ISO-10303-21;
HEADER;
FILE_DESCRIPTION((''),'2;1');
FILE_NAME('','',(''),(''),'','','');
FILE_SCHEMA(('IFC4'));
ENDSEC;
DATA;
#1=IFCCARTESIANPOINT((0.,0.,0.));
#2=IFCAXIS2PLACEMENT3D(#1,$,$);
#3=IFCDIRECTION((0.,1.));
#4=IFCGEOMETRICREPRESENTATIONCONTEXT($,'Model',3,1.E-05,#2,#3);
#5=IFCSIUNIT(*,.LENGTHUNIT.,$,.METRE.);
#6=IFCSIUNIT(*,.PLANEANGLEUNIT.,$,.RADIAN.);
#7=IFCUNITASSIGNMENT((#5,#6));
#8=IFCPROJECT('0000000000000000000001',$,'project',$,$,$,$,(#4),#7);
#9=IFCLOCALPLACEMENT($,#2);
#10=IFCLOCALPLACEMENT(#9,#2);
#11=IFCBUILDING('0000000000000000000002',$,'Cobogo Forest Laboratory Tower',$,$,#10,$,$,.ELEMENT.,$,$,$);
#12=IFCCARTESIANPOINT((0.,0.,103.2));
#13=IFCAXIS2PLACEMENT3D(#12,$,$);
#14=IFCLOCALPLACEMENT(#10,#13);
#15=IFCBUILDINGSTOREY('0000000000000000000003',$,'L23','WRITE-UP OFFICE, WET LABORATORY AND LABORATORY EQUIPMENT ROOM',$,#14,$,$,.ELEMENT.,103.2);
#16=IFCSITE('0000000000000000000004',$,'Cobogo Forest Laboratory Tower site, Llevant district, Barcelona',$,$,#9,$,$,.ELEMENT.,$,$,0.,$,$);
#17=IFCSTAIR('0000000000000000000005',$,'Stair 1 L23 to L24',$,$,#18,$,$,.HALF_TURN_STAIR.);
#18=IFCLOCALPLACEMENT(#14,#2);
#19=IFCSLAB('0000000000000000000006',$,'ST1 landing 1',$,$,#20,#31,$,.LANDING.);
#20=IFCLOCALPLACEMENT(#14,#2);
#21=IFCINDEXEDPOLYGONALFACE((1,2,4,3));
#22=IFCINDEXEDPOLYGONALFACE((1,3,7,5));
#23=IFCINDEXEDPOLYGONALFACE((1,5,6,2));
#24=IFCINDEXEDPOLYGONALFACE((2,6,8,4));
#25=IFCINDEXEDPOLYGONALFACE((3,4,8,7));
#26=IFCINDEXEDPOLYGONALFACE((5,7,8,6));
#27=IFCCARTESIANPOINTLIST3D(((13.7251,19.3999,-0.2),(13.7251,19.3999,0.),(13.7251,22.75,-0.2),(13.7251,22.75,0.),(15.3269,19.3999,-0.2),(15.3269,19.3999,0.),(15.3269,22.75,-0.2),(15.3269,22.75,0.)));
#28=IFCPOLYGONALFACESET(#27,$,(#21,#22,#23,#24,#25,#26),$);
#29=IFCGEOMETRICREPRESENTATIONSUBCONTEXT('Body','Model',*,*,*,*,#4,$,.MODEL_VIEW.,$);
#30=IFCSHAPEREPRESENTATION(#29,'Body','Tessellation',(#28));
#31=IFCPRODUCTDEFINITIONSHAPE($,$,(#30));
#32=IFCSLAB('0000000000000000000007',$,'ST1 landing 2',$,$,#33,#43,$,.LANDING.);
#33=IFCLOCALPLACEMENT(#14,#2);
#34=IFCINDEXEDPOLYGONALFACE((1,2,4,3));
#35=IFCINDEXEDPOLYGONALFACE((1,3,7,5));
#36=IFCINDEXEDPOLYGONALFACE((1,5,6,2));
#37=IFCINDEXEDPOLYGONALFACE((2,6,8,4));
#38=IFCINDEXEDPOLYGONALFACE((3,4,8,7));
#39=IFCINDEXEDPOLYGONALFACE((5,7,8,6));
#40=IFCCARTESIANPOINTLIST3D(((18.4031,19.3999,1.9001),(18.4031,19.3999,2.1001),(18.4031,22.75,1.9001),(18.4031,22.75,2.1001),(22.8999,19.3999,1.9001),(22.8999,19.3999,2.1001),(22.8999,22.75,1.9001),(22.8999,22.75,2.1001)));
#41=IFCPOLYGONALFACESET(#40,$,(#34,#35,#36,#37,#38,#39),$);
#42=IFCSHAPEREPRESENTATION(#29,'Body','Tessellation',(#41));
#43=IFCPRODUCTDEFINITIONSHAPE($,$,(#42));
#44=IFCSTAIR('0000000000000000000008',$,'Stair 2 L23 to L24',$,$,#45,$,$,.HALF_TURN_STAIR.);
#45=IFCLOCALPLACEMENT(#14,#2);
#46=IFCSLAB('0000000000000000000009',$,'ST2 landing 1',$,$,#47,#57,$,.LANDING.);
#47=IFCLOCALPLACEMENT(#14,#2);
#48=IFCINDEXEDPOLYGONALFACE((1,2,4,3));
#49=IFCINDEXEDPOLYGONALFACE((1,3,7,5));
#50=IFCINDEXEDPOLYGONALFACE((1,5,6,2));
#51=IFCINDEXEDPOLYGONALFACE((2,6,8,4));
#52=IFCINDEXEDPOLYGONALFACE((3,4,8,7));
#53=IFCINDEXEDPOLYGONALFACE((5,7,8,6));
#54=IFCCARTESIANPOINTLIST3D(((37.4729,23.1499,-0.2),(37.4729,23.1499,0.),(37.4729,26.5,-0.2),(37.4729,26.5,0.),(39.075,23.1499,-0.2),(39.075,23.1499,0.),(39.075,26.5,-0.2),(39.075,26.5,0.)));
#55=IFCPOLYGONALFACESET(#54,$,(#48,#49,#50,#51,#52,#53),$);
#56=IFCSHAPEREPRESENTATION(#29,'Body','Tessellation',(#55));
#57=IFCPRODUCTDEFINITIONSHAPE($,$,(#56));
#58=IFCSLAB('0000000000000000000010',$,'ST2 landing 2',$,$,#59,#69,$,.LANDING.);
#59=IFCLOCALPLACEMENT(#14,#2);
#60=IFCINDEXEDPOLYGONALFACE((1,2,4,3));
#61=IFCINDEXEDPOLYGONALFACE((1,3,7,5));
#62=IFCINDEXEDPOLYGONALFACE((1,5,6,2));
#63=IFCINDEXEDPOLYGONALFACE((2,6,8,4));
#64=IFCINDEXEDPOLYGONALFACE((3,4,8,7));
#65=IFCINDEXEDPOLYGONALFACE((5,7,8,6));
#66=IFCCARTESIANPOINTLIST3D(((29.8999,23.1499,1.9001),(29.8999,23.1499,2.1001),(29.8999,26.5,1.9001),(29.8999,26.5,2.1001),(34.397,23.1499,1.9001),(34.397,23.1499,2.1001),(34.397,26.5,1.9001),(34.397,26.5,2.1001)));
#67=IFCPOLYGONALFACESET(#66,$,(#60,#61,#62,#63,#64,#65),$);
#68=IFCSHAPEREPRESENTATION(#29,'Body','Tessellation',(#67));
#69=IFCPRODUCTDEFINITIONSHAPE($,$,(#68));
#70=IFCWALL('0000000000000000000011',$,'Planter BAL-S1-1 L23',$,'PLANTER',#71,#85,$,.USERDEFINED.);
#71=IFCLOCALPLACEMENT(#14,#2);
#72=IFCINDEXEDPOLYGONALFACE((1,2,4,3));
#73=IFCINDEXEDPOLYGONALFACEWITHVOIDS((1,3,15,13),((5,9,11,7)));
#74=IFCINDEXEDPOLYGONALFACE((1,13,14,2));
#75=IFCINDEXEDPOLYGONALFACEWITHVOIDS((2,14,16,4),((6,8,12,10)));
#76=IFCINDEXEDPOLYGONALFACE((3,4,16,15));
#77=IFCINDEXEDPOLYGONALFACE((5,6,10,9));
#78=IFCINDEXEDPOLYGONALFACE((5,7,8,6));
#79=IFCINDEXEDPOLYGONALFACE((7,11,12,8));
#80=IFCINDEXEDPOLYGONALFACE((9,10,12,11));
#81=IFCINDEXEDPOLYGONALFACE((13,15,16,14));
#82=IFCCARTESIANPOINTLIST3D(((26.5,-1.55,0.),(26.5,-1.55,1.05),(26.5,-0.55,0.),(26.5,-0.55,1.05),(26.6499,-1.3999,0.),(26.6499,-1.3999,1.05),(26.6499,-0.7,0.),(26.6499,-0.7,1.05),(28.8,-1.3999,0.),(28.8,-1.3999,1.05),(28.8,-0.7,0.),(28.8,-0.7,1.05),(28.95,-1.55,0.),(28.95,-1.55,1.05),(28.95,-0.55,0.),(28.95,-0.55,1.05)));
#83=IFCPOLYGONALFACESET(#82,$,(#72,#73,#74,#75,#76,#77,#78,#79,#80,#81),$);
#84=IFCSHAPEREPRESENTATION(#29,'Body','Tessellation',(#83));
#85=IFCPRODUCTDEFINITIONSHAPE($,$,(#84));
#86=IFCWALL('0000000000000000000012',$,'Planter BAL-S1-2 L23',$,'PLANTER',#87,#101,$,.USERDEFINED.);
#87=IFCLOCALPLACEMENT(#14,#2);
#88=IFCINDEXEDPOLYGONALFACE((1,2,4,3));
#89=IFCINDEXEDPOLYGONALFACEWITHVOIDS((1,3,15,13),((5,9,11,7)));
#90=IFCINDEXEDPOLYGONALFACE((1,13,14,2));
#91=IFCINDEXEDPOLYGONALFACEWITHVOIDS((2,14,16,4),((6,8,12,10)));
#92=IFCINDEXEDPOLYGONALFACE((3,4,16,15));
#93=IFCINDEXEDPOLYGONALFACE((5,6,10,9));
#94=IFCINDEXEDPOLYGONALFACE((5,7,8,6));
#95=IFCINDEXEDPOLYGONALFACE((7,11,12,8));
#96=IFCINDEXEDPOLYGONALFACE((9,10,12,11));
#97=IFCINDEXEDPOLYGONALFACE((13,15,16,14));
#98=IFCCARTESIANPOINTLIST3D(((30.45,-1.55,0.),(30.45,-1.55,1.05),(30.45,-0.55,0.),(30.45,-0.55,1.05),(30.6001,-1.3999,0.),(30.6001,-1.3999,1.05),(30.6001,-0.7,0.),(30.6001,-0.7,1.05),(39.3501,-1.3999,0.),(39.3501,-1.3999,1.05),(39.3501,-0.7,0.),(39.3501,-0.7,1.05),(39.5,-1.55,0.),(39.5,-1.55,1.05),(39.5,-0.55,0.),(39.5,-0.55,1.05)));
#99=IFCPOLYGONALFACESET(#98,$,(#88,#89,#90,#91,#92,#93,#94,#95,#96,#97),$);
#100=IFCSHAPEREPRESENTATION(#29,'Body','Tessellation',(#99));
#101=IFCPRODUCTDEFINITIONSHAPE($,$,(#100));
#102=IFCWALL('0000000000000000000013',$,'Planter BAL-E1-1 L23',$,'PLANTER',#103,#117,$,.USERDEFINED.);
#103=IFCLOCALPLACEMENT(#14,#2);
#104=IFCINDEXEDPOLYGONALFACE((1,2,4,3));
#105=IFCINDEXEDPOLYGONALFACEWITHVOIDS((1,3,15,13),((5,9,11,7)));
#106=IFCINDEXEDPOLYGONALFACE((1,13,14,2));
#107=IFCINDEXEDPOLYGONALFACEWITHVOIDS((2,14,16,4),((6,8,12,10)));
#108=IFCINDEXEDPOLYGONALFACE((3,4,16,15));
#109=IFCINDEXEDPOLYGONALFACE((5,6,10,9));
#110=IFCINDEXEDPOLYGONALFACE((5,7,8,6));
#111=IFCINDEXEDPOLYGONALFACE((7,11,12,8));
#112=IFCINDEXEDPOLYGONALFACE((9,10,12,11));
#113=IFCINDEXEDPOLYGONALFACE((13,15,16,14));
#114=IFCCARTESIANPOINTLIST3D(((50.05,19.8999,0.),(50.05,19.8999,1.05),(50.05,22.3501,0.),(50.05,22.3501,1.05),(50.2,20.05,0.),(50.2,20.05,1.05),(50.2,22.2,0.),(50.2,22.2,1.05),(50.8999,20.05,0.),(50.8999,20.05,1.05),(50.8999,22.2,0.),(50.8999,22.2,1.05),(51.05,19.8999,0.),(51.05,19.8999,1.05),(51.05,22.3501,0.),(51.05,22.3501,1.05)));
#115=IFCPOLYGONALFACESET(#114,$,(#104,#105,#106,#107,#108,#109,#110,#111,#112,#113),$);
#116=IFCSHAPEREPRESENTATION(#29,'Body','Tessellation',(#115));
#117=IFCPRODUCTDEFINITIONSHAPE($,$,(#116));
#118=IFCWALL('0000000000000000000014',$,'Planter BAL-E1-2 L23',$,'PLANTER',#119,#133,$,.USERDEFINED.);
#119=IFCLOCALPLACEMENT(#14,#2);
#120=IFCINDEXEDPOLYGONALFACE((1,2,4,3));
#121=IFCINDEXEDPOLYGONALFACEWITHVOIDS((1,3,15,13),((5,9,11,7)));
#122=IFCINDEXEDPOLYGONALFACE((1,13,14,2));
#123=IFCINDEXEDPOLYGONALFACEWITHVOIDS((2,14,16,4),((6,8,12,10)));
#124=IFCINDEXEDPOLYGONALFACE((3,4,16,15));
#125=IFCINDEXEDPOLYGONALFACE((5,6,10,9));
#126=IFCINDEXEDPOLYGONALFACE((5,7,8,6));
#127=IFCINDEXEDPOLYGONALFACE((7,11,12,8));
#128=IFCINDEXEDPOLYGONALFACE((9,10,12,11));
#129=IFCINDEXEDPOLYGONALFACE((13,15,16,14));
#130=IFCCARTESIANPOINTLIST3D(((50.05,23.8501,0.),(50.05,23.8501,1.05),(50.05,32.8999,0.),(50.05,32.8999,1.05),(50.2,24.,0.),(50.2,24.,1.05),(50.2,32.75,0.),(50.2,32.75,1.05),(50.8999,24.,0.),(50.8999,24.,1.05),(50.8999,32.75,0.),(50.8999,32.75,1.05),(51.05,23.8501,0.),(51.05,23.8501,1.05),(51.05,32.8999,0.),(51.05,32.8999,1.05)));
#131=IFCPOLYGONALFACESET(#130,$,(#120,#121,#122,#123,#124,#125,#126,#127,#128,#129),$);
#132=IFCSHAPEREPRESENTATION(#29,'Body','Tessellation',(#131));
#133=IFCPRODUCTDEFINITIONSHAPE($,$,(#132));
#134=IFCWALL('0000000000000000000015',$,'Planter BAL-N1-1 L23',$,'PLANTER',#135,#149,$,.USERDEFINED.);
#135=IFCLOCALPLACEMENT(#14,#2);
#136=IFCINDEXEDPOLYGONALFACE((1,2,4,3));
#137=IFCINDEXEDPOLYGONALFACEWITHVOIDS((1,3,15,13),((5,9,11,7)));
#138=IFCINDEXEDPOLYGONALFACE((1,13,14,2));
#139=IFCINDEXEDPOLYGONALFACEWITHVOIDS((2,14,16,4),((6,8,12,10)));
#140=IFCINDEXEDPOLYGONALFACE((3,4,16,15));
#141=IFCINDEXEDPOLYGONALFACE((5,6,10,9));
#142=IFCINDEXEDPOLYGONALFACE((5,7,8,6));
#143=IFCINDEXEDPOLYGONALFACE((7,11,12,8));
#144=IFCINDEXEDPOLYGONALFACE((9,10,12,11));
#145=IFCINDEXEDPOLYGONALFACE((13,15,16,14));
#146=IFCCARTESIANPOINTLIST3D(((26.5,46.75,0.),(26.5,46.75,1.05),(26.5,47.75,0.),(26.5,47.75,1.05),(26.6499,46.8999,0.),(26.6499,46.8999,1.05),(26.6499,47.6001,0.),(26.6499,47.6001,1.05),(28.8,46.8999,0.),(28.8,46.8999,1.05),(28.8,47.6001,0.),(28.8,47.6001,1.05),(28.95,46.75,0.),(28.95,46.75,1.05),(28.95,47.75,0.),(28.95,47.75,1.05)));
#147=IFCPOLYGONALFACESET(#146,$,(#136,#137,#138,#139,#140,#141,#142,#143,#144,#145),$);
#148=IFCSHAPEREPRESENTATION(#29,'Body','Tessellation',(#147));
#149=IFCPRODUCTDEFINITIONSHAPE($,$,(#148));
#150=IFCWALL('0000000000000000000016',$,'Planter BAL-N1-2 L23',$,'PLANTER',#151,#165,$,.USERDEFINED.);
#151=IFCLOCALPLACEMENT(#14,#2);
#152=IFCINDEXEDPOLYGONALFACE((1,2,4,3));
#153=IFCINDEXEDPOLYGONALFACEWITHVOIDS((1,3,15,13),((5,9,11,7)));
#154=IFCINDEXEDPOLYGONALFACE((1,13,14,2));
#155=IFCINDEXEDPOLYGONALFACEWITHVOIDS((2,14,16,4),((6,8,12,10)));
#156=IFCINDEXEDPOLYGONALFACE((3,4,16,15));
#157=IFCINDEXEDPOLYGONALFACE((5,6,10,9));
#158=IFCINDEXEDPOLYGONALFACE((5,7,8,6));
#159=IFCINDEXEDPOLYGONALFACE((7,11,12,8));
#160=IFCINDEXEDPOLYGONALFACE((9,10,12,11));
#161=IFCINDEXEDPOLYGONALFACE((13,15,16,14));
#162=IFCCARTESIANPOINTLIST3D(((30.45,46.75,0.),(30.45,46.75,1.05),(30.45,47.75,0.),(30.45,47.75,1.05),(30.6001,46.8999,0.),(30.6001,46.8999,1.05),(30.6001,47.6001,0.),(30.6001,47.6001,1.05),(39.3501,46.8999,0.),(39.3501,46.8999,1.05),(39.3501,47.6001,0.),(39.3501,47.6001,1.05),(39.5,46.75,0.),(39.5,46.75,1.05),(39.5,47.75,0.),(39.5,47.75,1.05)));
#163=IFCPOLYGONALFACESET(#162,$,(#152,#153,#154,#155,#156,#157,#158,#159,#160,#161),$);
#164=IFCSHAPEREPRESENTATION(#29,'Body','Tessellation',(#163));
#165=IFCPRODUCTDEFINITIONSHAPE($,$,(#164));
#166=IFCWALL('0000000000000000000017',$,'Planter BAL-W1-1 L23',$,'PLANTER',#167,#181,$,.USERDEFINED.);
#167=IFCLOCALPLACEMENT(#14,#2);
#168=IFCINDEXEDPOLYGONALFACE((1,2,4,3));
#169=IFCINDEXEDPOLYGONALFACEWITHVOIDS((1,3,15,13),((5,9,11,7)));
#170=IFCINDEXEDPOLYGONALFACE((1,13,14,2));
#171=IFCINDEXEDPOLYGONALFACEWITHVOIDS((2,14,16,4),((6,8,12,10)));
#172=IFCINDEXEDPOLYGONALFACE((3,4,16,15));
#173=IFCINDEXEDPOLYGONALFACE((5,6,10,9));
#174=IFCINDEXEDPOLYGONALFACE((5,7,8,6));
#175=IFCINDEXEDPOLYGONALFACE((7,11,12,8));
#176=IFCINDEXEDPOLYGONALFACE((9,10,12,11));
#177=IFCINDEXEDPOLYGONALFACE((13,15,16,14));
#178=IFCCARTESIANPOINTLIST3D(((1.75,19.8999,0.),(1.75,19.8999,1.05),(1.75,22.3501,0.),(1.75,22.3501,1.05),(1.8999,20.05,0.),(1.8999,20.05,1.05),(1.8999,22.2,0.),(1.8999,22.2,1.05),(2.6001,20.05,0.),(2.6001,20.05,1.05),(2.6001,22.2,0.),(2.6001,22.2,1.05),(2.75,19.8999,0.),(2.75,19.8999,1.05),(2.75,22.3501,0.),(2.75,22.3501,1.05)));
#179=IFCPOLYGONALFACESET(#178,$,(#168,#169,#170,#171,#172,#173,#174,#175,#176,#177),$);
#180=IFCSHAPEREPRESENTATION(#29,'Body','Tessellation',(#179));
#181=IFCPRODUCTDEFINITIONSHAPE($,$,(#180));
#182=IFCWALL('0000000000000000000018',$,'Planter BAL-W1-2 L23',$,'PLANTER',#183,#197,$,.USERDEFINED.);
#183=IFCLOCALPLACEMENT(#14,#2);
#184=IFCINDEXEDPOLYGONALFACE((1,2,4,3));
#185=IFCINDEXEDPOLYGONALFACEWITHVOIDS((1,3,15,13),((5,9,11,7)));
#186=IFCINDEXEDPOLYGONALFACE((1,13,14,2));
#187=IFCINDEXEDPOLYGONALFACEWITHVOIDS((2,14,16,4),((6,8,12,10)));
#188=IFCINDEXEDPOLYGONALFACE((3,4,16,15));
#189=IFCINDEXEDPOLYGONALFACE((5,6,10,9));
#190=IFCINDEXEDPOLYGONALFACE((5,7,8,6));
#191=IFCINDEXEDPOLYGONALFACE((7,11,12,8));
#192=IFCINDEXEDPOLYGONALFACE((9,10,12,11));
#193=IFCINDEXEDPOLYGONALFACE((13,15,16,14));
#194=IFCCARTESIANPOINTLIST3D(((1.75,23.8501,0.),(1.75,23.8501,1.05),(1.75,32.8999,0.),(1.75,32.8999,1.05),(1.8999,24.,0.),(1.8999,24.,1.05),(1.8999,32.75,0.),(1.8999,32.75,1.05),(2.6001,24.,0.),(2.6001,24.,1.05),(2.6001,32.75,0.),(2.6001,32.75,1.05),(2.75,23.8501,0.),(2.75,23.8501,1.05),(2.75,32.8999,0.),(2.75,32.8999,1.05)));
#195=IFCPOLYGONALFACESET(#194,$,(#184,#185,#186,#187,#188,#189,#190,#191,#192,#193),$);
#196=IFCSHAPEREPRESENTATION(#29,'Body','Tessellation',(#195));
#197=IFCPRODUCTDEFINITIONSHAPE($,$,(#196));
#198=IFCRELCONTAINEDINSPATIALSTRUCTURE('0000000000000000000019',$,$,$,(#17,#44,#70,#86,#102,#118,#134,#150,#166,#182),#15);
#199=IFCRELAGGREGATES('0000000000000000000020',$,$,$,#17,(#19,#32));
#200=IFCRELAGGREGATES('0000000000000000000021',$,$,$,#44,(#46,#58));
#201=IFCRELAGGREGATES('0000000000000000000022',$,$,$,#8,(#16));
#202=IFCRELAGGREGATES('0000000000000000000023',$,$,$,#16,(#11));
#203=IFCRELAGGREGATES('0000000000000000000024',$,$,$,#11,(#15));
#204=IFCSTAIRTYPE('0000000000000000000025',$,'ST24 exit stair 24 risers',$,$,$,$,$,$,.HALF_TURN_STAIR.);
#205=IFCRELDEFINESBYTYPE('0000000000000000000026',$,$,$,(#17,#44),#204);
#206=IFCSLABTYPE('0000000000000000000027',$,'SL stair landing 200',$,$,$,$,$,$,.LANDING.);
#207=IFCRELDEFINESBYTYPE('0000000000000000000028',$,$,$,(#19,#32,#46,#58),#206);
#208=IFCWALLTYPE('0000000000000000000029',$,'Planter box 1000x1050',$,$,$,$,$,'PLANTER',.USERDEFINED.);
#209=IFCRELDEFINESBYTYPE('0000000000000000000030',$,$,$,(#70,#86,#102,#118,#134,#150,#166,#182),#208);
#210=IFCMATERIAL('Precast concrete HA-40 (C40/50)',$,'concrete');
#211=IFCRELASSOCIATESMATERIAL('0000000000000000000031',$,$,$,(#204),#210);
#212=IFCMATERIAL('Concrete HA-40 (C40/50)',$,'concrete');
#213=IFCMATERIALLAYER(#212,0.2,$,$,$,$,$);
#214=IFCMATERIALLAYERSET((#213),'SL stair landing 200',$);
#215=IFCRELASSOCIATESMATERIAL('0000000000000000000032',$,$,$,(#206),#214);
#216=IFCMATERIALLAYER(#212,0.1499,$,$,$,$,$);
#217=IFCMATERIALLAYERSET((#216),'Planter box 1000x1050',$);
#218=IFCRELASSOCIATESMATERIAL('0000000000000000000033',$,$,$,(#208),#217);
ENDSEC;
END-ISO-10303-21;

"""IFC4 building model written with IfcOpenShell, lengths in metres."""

from ifc_helpers import new_model, si_unit, direction, frame, origin, place, context, subcontext, project, spatial, polyline, outline, extrude, material, layer, layer_set, type_object, element, aggregate, save


model = new_model("IFC4")

# Units and contexts
model_context = context("Model", 3, precision=1e-05, world=origin(), true_north=direction((0.0, 1.0)))
body_context = subcontext(model_context, "Body", "Model", "MODEL_VIEW")
ifc_project = project(units=[si_unit("LENGTHUNIT", "METRE"), si_unit("PLANEANGLEUNIT", "RADIAN")], contexts=[model_context])

# Site, building, storey
site_placement = place(None, origin())
site = spatial("IfcSite", under=ifc_project, at=site_placement, Name="Cobogo Forest Laboratory Tower site, Llevant district, Barcelona", CompositionType="ELEMENT", RefElevation=0.0)
building_placement = place(site_placement, origin())
building = spatial("IfcBuilding", under=site, at=building_placement, Name="Cobogo Forest Laboratory Tower", CompositionType="ELEMENT")
storey_placement = place(building_placement, frame((0.0, 0.0, 103.2)))
storey = spatial("IfcBuildingStorey", under=building, at=storey_placement, Name="L23", Description="WRITE-UP OFFICE, WET LABORATORY AND LABORATORY EQUIPMENT ROOM", CompositionType="ELEMENT", Elevation=103.2)

# Shared definitions
ifc_material_1 = material(Name="Concrete HA-40 (C40/50)", Category="concrete")

# Stairs, slabs
ifc_material_2 = material(Name="Precast concrete HA-40 (C40/50)", Category="concrete")
stair_type = type_object("IfcStairType", Name="ST24 exit stair 24 risers", PredefinedType="HALF_TURN_STAIR", material=ifc_material_2)
stair_1_placement = place(storey_placement, origin())
stair_1 = element("IfcStair", 1, at=stair_1_placement, inside=storey, type_object=stair_type, Name="Stair 1 L23 to L24", PredefinedType="HALF_TURN_STAIR")
ifc_layer_1 = layer(ifc_material_1, 0.2)
ifc_layer_set_1 = layer_set([ifc_layer_1], Name="SL stair landing 200")
slab_type_1 = type_object("IfcSlabType", Name="SL stair landing 200", PredefinedType="LANDING", material=ifc_layer_set_1)
slab_1_placement = place(storey_placement, frame((0.0, 0.0, -0.2)))
slab_1 = element("IfcSlab", 2, at=slab_1_placement, type_object=slab_type_1, Name="ST1 landing 1", PredefinedType="LANDING", context=body_context, shape_type="SweptSolid", body=[
    extrude(outline(polyline([(13.7251, 19.3999), (15.3269, 19.3999), (15.3269, 22.75), (13.7251, 22.75), (13.7251, 19.3999)])), origin(), (0.0, 0.0, 1.0), 0.2),
])
slab_2_placement = place(storey_placement, frame((0.0, 0.0, 1.9001)))
slab_2 = element("IfcSlab", 3, at=slab_2_placement, type_object=slab_type_1, Name="ST1 landing 2", PredefinedType="LANDING", context=body_context, shape_type="SweptSolid", body=[
    extrude(outline(polyline([(18.4031, 19.3999), (22.8999, 19.3999), (22.8999, 22.75), (18.4031, 22.75), (18.4031, 19.3999)])), origin(), (0.0, 0.0, 1.0), 0.2),
])
aggregate(stair_1, [slab_1, slab_2])
stair_2_placement = place(storey_placement, origin())
stair_2 = element("IfcStair", 4, at=stair_2_placement, inside=storey, type_object=stair_type, Name="Stair 2 L23 to L24", PredefinedType="HALF_TURN_STAIR")
slab_3_placement = place(storey_placement, frame((0.0, 0.0, -0.2)))
slab_3 = element("IfcSlab", 5, at=slab_3_placement, type_object=slab_type_1, Name="ST2 landing 1", PredefinedType="LANDING", context=body_context, shape_type="SweptSolid", body=[
    extrude(outline(polyline([(37.4729, 23.1499), (39.075, 23.1499), (39.075, 26.5), (37.4729, 26.5), (37.4729, 23.1499)])), origin(), (0.0, 0.0, 1.0), 0.2),
])
slab_4_placement = place(storey_placement, frame((0.0, 0.0, 1.9001)))
slab_4 = element("IfcSlab", 6, at=slab_4_placement, type_object=slab_type_1, Name="ST2 landing 2", PredefinedType="LANDING", context=body_context, shape_type="SweptSolid", body=[
    extrude(outline(polyline([(29.8999, 23.1499), (34.397, 23.1499), (34.397, 26.5), (29.8999, 26.5), (29.8999, 23.1499)])), origin(), (0.0, 0.0, 1.0), 0.2),
])
aggregate(stair_2, [slab_3, slab_4])

# Walls
ifc_layer_2 = layer(ifc_material_1, 0.1499)
ifc_layer_set_2 = layer_set([ifc_layer_2], Name="Planter box 1000x1050")
wall_type = type_object("IfcWallType", Name="Planter box 1000x1050", ElementType="PLANTER", PredefinedType="USERDEFINED", material=ifc_layer_set_2)
wall_1_placement = place(storey_placement, origin())
element("IfcWall", 7, at=wall_1_placement, inside=storey, type_object=wall_type, Name="Planter BAL-S1-1 L23", ObjectType="PLANTER", PredefinedType="USERDEFINED", context=body_context, shape_type="SweptSolid", body=[
    extrude(outline(polyline([(26.5, -1.55), (28.95, -1.55), (28.95, -0.55), (26.5, -0.55), (26.5, -1.55)]), holes=[polyline([(26.6499, -1.3999), (28.8, -1.3999), (28.8, -0.7), (26.6499, -0.7), (26.6499, -1.3999)])]), origin(), (0.0, 0.0, 1.0), 1.05),
])
wall_2_placement = place(storey_placement, origin())
element("IfcWall", 8, at=wall_2_placement, inside=storey, type_object=wall_type, Name="Planter BAL-S1-2 L23", ObjectType="PLANTER", PredefinedType="USERDEFINED", context=body_context, shape_type="SweptSolid", body=[
    extrude(outline(polyline([(30.45, -1.55), (39.5, -1.55), (39.5, -0.55), (30.45, -0.55), (30.45, -1.55)]), holes=[polyline([(30.6001, -1.3999), (39.3501, -1.3999), (39.3501, -0.7), (30.6001, -0.7), (30.6001, -1.3999)])]), origin(), (0.0, 0.0, 1.0), 1.05),
])
wall_3_placement = place(storey_placement, origin())
element("IfcWall", 9, at=wall_3_placement, inside=storey, type_object=wall_type, Name="Planter BAL-E1-1 L23", ObjectType="PLANTER", PredefinedType="USERDEFINED", context=body_context, shape_type="SweptSolid", body=[
    extrude(outline(polyline([(50.05, 19.8999), (51.05, 19.8999), (51.05, 22.3501), (50.05, 22.3501), (50.05, 19.8999)]), holes=[polyline([(50.2, 20.05), (50.8999, 20.05), (50.8999, 22.2), (50.2, 22.2), (50.2, 20.05)])]), origin(), (0.0, 0.0, 1.0), 1.05),
])
wall_4_placement = place(storey_placement, origin())
element("IfcWall", 10, at=wall_4_placement, inside=storey, type_object=wall_type, Name="Planter BAL-E1-2 L23", ObjectType="PLANTER", PredefinedType="USERDEFINED", context=body_context, shape_type="SweptSolid", body=[
    extrude(outline(polyline([(50.05, 23.8501), (51.05, 23.8501), (51.05, 32.8999), (50.05, 32.8999), (50.05, 23.8501)]), holes=[polyline([(50.2, 24.0), (50.8999, 24.0), (50.8999, 32.75), (50.2, 32.75), (50.2, 24.0)])]), origin(), (0.0, 0.0, 1.0), 1.05),
])
wall_5_placement = place(storey_placement, origin())
element("IfcWall", 11, at=wall_5_placement, inside=storey, type_object=wall_type, Name="Planter BAL-N1-1 L23", ObjectType="PLANTER", PredefinedType="USERDEFINED", context=body_context, shape_type="SweptSolid", body=[
    extrude(outline(polyline([(26.5, 46.75), (28.95, 46.75), (28.95, 47.75), (26.5, 47.75), (26.5, 46.75)]), holes=[polyline([(26.6499, 46.8999), (28.8, 46.8999), (28.8, 47.6001), (26.6499, 47.6001), (26.6499, 46.8999)])]), origin(), (0.0, 0.0, 1.0), 1.05),
])
wall_6_placement = place(storey_placement, origin())
element("IfcWall", 12, at=wall_6_placement, inside=storey, type_object=wall_type, Name="Planter BAL-N1-2 L23", ObjectType="PLANTER", PredefinedType="USERDEFINED", context=body_context, shape_type="SweptSolid", body=[
    extrude(outline(polyline([(30.45, 46.75), (39.5, 46.75), (39.5, 47.75), (30.45, 47.75), (30.45, 46.75)]), holes=[polyline([(30.6001, 46.8999), (39.3501, 46.8999), (39.3501, 47.6001), (30.6001, 47.6001), (30.6001, 46.8999)])]), origin(), (0.0, 0.0, 1.0), 1.05),
])
wall_7_placement = place(storey_placement, origin())
element("IfcWall", 13, at=wall_7_placement, inside=storey, type_object=wall_type, Name="Planter BAL-W1-1 L23", ObjectType="PLANTER", PredefinedType="USERDEFINED", context=body_context, shape_type="SweptSolid", body=[
    extrude(outline(polyline([(1.75, 19.8999), (2.75, 19.8999), (2.75, 22.3501), (1.75, 22.3501), (1.75, 19.8999)]), holes=[polyline([(1.8999, 20.05), (2.6001, 20.05), (2.6001, 22.2), (1.8999, 22.2), (1.8999, 20.05)])]), origin(), (0.0, 0.0, 1.0), 1.05),
])
wall_8_placement = place(storey_placement, origin())
element("IfcWall", 14, at=wall_8_placement, inside=storey, type_object=wall_type, Name="Planter BAL-W1-2 L23", ObjectType="PLANTER", PredefinedType="USERDEFINED", context=body_context, shape_type="SweptSolid", body=[
    extrude(outline(polyline([(1.75, 23.8501), (2.75, 23.8501), (2.75, 32.8999), (1.75, 32.8999), (1.75, 23.8501)]), holes=[polyline([(1.8999, 24.0), (2.6001, 24.0), (2.6001, 32.75), (1.8999, 32.75), (1.8999, 24.0)])]), origin(), (0.0, 0.0, 1.0), 1.05),
])

save(model, "model.ifc")
